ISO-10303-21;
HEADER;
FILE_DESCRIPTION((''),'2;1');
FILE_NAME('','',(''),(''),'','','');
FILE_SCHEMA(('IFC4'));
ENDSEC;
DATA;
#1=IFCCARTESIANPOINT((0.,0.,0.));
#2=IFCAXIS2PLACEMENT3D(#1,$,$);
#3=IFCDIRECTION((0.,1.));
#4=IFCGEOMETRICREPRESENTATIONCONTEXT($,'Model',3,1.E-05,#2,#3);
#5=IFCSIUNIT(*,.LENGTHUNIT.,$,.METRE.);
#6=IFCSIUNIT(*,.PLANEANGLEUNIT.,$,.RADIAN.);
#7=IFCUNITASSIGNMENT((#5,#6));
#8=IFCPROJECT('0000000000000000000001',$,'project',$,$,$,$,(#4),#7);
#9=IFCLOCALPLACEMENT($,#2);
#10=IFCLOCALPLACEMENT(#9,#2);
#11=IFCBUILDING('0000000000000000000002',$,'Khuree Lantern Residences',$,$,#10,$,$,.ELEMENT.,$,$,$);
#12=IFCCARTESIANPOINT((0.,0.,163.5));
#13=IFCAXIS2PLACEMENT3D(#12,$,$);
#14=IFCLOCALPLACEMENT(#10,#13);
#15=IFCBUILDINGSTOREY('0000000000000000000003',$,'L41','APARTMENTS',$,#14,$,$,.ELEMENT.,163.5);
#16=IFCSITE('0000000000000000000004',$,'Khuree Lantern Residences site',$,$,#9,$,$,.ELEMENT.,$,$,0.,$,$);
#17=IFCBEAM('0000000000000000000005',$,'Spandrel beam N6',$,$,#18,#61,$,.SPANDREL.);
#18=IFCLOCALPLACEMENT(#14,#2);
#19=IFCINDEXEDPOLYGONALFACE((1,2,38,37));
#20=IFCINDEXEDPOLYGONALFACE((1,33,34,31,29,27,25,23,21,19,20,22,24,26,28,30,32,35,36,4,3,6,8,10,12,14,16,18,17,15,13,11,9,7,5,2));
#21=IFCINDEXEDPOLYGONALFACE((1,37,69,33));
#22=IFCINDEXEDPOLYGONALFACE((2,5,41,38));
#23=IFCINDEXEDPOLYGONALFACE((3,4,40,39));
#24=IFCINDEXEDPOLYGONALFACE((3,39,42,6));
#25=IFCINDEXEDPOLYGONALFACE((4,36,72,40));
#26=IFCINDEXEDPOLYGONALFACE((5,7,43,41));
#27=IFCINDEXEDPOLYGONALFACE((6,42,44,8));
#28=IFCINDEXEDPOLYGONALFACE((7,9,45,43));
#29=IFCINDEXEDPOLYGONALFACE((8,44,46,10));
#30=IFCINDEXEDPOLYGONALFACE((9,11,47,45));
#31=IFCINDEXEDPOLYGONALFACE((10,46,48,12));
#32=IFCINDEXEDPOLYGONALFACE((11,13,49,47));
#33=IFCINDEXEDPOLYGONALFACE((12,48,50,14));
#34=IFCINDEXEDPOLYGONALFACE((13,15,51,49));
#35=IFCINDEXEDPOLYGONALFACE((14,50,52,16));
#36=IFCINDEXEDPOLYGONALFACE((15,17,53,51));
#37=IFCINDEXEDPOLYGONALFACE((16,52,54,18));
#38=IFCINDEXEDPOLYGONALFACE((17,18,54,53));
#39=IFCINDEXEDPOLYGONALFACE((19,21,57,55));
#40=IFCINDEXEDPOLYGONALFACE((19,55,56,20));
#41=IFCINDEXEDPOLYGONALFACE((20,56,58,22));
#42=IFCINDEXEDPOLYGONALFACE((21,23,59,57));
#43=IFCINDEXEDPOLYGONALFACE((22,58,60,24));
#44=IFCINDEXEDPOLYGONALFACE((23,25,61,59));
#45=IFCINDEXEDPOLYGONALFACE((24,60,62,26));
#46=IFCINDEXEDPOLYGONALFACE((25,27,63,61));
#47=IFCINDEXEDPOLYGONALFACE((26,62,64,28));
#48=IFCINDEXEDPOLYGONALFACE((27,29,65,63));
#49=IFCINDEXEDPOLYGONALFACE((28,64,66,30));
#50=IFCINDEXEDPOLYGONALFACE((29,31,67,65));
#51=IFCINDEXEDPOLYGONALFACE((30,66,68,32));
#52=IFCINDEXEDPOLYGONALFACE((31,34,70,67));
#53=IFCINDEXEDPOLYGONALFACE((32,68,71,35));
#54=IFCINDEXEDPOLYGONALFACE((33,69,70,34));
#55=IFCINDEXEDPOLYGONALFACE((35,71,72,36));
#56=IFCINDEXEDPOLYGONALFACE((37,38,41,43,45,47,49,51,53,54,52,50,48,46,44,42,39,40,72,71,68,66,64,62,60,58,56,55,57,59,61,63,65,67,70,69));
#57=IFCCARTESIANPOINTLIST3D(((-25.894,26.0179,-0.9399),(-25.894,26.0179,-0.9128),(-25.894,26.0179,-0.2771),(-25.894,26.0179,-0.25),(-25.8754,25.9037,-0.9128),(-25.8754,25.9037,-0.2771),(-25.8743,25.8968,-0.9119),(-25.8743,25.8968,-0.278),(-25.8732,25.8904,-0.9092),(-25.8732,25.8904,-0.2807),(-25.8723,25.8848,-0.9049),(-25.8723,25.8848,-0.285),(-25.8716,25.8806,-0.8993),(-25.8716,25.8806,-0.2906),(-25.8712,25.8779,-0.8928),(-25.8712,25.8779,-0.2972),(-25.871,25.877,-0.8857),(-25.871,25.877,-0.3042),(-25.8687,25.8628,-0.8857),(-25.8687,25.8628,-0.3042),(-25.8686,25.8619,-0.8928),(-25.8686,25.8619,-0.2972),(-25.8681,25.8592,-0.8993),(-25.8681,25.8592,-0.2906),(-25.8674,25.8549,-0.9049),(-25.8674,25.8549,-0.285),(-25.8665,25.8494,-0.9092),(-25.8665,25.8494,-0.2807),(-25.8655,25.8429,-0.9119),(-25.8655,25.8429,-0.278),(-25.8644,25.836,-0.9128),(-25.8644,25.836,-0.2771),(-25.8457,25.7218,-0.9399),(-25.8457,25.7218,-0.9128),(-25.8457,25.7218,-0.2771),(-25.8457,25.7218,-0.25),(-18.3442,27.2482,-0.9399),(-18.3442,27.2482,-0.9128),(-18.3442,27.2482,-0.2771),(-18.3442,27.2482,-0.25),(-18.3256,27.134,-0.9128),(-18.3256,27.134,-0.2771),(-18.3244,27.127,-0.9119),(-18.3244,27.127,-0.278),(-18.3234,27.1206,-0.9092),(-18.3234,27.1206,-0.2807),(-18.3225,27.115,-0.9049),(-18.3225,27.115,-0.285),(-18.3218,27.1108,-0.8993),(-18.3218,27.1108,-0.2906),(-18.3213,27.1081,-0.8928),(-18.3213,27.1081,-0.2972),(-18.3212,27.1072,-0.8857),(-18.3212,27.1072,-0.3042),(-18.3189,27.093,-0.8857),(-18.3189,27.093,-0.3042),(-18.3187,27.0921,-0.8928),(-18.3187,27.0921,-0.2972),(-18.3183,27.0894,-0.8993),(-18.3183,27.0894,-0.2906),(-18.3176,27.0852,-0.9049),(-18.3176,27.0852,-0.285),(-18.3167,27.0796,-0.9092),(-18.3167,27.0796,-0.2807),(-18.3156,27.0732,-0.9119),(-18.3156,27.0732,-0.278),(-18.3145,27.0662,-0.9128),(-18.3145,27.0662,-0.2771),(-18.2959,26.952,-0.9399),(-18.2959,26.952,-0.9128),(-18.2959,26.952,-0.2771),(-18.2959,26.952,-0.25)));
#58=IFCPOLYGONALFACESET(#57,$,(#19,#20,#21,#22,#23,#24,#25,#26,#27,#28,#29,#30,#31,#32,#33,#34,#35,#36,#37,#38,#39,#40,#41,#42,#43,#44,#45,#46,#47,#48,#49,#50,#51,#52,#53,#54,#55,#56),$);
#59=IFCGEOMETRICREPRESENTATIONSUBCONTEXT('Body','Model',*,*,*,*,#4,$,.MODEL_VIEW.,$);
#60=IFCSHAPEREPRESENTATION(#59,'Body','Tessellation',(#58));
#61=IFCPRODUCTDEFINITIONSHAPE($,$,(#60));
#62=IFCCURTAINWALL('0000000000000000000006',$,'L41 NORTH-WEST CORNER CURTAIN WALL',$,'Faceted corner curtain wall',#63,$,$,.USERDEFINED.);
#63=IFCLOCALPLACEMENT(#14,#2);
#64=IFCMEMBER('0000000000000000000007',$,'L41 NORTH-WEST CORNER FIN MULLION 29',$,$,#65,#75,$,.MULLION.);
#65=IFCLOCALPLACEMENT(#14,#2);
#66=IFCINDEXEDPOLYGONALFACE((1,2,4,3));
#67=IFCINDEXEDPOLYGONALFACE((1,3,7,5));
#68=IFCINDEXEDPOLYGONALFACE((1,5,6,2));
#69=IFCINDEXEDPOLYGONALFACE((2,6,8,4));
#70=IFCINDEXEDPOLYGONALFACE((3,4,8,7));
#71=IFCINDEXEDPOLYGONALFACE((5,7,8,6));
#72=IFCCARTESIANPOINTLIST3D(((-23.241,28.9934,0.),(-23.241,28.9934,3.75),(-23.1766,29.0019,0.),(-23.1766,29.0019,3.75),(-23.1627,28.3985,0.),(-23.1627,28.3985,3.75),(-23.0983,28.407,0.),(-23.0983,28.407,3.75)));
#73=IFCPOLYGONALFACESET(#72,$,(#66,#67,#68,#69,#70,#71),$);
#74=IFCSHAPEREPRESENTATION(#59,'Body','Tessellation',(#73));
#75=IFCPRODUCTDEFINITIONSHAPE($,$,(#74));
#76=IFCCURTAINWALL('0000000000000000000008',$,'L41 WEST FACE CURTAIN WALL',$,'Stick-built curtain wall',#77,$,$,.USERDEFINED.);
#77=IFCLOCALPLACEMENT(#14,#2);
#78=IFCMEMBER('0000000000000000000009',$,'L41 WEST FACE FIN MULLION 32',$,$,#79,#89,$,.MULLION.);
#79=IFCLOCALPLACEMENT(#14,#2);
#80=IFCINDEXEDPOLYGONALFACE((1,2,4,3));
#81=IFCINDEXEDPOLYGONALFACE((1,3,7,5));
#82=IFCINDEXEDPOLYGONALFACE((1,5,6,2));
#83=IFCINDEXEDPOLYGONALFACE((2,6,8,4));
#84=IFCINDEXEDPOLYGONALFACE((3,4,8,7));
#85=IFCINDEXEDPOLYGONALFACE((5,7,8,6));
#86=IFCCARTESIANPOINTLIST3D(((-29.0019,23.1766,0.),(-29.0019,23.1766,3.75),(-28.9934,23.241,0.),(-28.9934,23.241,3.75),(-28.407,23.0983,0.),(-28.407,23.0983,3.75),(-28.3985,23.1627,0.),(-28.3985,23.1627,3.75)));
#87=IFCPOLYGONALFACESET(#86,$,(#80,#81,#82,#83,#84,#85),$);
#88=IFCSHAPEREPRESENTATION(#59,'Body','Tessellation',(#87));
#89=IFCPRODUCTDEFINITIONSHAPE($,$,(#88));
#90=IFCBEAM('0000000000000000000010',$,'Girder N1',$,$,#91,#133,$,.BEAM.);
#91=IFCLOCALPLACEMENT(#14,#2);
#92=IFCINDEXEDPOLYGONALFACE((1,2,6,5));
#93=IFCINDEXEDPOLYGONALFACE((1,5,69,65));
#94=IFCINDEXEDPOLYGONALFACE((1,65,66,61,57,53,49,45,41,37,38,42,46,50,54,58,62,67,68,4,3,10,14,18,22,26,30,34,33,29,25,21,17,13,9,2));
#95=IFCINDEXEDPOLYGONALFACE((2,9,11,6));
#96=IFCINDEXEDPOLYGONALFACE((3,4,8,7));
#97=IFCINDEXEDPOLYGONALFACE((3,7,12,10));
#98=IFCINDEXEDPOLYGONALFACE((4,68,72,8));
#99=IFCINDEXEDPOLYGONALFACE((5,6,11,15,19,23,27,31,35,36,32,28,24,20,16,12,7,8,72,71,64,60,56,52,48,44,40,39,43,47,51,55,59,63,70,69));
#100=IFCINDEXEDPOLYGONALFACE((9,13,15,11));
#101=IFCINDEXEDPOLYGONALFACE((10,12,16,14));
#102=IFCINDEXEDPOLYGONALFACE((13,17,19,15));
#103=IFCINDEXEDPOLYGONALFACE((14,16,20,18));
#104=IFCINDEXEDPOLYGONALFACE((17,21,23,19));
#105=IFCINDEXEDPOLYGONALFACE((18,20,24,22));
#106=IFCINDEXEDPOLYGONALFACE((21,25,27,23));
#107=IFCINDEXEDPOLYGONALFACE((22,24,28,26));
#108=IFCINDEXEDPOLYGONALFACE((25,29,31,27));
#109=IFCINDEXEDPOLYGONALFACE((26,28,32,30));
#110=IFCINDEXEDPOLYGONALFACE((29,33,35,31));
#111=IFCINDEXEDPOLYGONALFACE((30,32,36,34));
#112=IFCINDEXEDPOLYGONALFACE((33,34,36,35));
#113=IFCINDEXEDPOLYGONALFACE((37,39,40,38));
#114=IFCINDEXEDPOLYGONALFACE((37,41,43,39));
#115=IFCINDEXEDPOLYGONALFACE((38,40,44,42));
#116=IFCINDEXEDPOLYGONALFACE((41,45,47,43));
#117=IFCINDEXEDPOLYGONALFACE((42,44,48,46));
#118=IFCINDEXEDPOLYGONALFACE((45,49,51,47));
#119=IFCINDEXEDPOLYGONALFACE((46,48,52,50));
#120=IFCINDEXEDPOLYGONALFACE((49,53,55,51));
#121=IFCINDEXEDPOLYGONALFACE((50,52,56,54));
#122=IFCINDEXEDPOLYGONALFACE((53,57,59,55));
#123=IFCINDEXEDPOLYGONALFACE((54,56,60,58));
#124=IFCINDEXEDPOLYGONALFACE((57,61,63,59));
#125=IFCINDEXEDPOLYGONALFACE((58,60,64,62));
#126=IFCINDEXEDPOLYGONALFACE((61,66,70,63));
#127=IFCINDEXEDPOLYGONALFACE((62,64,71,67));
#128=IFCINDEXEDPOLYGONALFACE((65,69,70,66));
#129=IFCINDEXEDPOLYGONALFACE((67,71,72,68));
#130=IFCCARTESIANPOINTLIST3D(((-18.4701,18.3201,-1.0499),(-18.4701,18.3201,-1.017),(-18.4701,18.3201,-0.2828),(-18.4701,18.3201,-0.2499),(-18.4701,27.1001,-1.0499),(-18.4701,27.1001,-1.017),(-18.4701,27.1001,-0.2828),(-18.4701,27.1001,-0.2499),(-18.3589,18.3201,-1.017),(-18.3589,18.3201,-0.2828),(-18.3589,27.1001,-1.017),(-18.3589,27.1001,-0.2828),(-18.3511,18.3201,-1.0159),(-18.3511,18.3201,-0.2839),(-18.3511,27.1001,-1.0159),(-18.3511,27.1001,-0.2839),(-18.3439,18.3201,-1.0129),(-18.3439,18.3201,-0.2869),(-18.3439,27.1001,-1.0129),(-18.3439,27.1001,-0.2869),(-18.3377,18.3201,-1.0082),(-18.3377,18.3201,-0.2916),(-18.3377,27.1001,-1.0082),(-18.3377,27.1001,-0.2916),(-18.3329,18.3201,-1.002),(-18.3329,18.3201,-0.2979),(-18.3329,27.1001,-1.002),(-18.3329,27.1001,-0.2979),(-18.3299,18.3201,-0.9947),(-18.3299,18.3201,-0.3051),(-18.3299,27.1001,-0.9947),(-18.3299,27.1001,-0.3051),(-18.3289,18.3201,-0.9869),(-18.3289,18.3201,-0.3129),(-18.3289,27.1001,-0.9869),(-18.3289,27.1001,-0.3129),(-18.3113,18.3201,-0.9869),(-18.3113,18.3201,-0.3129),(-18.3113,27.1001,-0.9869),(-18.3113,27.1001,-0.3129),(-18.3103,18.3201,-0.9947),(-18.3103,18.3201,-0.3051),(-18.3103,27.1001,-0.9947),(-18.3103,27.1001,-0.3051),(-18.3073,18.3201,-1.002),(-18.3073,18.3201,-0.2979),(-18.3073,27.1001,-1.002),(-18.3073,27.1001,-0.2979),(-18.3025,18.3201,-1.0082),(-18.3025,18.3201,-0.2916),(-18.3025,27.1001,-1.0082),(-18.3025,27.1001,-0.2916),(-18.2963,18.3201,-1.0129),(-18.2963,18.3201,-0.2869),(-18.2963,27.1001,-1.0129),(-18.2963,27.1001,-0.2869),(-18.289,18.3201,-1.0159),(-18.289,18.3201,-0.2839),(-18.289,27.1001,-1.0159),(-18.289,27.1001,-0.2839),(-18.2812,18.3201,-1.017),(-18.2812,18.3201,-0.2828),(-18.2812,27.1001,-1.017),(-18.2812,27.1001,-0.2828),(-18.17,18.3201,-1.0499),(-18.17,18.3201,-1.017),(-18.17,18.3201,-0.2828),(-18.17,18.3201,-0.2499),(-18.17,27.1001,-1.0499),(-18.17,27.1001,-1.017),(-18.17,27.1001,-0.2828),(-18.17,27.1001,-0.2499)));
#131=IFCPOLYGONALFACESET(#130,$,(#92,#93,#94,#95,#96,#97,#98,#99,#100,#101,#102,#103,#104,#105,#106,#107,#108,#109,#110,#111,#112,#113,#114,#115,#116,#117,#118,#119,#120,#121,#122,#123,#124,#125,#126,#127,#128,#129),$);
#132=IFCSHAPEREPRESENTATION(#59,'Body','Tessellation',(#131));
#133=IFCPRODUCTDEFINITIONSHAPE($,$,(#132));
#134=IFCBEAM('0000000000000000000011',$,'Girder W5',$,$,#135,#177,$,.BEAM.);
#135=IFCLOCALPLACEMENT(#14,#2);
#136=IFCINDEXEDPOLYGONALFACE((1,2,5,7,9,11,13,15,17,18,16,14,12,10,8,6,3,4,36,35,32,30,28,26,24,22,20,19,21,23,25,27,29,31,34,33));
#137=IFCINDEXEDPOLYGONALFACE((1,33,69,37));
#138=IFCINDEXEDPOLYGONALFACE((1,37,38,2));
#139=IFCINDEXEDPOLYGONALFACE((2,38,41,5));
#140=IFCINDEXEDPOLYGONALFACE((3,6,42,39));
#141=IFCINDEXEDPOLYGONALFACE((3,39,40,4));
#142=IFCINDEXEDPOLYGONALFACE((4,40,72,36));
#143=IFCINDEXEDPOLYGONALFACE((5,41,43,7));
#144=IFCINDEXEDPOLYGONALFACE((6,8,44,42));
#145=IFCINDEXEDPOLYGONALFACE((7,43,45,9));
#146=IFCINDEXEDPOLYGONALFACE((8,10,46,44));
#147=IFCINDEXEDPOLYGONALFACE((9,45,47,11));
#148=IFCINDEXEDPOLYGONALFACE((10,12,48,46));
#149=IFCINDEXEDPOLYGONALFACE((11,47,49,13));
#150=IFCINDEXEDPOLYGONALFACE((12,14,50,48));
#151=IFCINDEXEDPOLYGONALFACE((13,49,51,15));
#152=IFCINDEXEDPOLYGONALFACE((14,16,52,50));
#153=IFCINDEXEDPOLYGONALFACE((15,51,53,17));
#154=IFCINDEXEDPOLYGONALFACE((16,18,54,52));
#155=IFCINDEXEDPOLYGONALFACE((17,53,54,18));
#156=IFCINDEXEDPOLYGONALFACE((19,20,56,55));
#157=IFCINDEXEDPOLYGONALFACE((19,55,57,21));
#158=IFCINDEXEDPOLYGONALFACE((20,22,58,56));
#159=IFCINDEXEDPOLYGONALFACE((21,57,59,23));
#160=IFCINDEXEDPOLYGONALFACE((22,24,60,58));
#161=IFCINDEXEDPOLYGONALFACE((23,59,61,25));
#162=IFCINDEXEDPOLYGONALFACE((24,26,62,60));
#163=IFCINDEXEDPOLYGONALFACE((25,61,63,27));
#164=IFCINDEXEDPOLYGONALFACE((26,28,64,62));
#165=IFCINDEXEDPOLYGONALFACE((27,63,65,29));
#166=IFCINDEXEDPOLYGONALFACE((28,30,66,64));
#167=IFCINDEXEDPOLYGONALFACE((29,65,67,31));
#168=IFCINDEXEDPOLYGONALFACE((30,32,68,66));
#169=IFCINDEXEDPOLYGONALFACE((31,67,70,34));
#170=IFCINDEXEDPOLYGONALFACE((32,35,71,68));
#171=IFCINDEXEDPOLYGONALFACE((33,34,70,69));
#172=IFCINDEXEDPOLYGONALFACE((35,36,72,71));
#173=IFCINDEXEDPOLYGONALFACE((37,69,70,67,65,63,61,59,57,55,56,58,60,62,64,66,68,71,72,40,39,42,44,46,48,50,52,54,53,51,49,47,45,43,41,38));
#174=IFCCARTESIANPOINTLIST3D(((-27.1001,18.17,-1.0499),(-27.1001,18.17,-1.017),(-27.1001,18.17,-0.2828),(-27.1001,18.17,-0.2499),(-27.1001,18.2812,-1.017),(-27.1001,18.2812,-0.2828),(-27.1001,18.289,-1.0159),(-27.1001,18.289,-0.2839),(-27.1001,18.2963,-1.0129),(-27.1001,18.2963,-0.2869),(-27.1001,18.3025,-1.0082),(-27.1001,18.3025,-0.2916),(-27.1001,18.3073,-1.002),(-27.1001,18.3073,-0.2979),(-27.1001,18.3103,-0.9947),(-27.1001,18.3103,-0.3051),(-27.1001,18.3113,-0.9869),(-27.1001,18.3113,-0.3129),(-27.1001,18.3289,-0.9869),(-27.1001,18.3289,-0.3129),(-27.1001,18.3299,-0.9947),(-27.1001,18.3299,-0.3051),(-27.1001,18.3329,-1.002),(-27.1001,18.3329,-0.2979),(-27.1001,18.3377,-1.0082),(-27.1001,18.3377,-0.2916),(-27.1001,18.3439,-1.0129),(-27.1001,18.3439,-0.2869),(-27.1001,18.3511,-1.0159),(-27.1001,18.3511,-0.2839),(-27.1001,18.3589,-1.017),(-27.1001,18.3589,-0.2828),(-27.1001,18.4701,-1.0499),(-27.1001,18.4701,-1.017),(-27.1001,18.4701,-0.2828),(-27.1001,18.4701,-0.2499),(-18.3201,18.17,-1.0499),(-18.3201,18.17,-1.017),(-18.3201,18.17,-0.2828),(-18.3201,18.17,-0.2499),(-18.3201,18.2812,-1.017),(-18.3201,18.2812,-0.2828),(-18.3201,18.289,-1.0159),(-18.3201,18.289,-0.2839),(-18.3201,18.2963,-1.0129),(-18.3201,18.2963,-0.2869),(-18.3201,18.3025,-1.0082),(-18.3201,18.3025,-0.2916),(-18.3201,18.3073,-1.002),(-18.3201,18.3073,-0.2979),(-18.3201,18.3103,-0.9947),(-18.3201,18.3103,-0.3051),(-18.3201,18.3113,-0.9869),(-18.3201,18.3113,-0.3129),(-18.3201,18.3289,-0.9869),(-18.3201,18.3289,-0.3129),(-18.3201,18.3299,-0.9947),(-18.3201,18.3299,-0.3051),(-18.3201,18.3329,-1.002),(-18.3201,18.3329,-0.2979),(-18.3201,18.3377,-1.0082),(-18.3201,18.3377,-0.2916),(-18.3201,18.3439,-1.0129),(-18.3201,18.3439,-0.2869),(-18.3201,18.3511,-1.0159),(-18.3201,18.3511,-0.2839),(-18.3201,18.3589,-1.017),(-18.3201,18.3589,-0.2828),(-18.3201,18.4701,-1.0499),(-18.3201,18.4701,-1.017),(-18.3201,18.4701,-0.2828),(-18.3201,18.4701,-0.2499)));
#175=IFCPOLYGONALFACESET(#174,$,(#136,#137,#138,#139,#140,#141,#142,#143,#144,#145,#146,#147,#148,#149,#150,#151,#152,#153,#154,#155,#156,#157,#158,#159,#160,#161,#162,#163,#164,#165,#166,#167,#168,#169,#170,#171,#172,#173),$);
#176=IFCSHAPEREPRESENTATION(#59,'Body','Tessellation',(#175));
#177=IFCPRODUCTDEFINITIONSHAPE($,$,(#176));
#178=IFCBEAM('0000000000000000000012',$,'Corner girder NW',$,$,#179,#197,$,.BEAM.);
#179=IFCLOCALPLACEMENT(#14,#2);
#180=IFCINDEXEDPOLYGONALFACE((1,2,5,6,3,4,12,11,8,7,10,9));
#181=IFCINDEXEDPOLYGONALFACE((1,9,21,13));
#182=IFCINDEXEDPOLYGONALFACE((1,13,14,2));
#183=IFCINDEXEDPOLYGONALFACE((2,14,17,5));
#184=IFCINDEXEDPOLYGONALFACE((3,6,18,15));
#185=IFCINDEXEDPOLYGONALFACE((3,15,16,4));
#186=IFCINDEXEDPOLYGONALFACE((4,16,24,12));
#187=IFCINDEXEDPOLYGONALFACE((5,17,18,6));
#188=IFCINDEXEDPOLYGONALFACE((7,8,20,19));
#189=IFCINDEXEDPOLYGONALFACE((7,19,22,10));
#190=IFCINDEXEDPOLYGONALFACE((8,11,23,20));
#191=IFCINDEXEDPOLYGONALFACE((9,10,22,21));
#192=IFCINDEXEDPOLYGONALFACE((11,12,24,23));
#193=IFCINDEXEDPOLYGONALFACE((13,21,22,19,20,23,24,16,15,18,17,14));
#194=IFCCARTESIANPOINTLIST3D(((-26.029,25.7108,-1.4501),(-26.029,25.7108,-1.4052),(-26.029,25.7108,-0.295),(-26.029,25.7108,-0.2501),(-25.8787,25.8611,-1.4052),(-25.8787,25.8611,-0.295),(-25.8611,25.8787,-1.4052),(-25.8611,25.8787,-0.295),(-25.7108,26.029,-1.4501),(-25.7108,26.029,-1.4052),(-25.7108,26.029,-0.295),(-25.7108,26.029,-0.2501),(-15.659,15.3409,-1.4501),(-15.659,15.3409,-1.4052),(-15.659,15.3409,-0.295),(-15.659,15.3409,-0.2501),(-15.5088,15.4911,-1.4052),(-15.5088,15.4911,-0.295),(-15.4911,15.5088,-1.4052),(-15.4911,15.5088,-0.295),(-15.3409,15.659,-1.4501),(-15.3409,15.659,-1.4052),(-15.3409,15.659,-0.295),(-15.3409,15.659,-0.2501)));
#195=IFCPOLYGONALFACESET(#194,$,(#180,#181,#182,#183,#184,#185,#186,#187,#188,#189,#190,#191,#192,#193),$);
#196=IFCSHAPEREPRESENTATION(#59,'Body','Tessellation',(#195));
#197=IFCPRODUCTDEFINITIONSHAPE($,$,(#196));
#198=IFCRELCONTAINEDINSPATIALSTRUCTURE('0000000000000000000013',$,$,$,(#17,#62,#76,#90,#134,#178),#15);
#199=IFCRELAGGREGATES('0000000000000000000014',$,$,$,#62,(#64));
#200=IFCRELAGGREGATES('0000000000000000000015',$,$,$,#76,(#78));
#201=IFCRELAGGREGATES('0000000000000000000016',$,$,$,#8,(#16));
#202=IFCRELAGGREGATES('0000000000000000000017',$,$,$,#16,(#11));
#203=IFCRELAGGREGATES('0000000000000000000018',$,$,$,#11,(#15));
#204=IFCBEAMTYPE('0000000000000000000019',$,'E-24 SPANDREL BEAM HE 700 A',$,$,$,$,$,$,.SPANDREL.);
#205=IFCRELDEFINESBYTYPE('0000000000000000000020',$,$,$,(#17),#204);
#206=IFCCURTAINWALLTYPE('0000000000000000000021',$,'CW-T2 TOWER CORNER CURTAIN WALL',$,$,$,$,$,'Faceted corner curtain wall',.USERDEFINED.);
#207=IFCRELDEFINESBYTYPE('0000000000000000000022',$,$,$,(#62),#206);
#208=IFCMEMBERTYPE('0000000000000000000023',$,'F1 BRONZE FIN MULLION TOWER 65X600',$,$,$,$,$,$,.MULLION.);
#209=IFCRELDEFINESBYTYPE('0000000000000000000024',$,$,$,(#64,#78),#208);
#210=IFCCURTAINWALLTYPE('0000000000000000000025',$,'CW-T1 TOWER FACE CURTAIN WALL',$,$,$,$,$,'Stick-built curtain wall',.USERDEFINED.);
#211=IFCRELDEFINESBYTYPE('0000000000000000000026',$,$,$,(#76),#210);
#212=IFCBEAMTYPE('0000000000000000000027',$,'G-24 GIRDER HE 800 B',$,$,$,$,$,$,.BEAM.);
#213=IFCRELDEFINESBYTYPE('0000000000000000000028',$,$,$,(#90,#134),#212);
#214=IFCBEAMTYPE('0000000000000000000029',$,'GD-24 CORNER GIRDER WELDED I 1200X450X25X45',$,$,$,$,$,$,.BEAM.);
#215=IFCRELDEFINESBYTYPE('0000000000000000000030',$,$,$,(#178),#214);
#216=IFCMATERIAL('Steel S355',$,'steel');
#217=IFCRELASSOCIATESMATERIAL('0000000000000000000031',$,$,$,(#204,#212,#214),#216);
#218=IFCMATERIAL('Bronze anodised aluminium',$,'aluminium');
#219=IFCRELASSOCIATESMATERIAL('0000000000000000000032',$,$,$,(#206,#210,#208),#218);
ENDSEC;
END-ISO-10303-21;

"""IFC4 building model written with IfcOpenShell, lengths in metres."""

from ifc_helpers import new_model, si_unit, direction, frame, origin, origin_2d, place, context, subcontext, project, spatial, rectangle, i_section, extrude, material, material_profile, profile_set, type_object, element, aggregate, save


model = new_model("IFC4")

# Units and contexts
model_context = context("Model", 3, precision=1e-05, world=origin(), true_north=direction((0.0, 1.0)))
body_context = subcontext(model_context, "Body", "Model", "MODEL_VIEW")
ifc_project = project(units=[si_unit("LENGTHUNIT", "METRE"), si_unit("PLANEANGLEUNIT", "RADIAN")], contexts=[model_context])

# Site, building, storey
site_placement = place(None, origin())
site = spatial("IfcSite", under=ifc_project, at=site_placement, Name="Khuree Lantern Residences site", CompositionType="ELEMENT", RefElevation=0.0)
building_placement = place(site_placement, origin())
building = spatial("IfcBuilding", under=site, at=building_placement, Name="Khuree Lantern Residences", CompositionType="ELEMENT")
storey_placement = place(building_placement, frame((0.0, 0.0, 163.5)))
storey = spatial("IfcBuildingStorey", under=building, at=storey_placement, Name="L41", Description="APARTMENTS", CompositionType="ELEMENT", Elevation=163.5)

# Beam
ifc_material_1 = material(Name="Steel S355", Category="steel")
ifc_material_profile_1 = material_profile(ifc_material_1, i_section(OverallWidth=0.3, OverallDepth=0.6899, WebThickness=0.0144, FlangeThickness=0.0271, FilletRadius=0.0271, at=origin_2d()), Name="HE 700 A")
ifc_profile_set_1 = profile_set([ifc_material_profile_1], Name="Steel S355")
beam_type_1 = type_object("IfcBeamType", Name="E-24 SPANDREL BEAM HE 700 A", PredefinedType="SPANDREL", material=ifc_profile_set_1)
for number, where, z_axis, x_axis, name in (
    (1, (-25.8699, 25.8699, -0.595), (0.986983, 0.160827, 0.0), (-0.160827, 0.986983, 0.0), "Spandrel beam N6"),
):
    element("IfcBeam", number, at=place(storey_placement, frame(where, z_axis=z_axis, x_axis=x_axis)), inside=storey, type_object=beam_type_1, Name=name, PredefinedType="SPANDREL", context=body_context, shape_type="SweptSolid", body=[
        extrude(i_section(OverallWidth=0.3, OverallDepth=0.6899, WebThickness=0.0144, FlangeThickness=0.0271, FilletRadius=0.0271, at=origin_2d()), origin(), (0.0, 0.0, 1.0), 7.6494),
    ])

# Curtain walls, members
ifc_material_2 = material(Name="Bronze anodised aluminium", Category="aluminium")
curtain_wall_type_1 = type_object("IfcCurtainWallType", Name="CW-T2 TOWER CORNER CURTAIN WALL", ElementType="Faceted corner curtain wall", PredefinedType="USERDEFINED", material=ifc_material_2)
curtain_wall_1_placement = place(storey_placement, origin())
curtain_wall_1 = element("IfcCurtainWall", 2, at=curtain_wall_1_placement, inside=storey, type_object=curtain_wall_type_1, Name="L41 NORTH-WEST CORNER CURTAIN WALL", ObjectType="Faceted corner curtain wall", PredefinedType="USERDEFINED")
ifc_material_profile_2 = material_profile(ifc_material_2, rectangle(XDim=0.0649, YDim=0.6001, at=origin_2d()), Name="F1 65X600")
ifc_profile_set_2 = profile_set([ifc_material_profile_2], Name="Bronze anodised aluminium")
member_type_1 = type_object("IfcMemberType", Name="F1 BRONZE FIN MULLION TOWER 65X600", PredefinedType="MULLION", material=ifc_profile_set_2)
member_1_placement = place(storey_placement, frame((-23.1697, 28.7002, 0.0), z_axis=(0.0, 0.0, 1.0), x_axis=(-0.991445, -0.130526, 0.0)))
member_1 = element("IfcMember", 3, at=member_1_placement, type_object=member_type_1, Name="L41 NORTH-WEST CORNER FIN MULLION 29", PredefinedType="MULLION", context=body_context, shape_type="SweptSolid", body=[
    extrude(rectangle(XDim=0.0649, YDim=0.6001, at=origin_2d()), origin(), (0.0, 0.0, 1.0), 3.75),
])
curtain_wall_type_2 = type_object("IfcCurtainWallType", Name="CW-T1 TOWER FACE CURTAIN WALL", ElementType="Stick-built curtain wall", PredefinedType="USERDEFINED", material=ifc_material_2)
curtain_wall_2_placement = place(storey_placement, origin())
curtain_wall_2 = element("IfcCurtainWall", 4, at=curtain_wall_2_placement, inside=storey, type_object=curtain_wall_type_2, Name="L41 WEST FACE CURTAIN WALL", ObjectType="Stick-built curtain wall", PredefinedType="USERDEFINED")
member_2_placement = place(storey_placement, frame((-28.7002, 23.1697, 0.0), z_axis=(0.0, 0.0, 1.0), x_axis=(-0.130526, -0.991445, 0.0)))
member_2 = element("IfcMember", 5, at=member_2_placement, type_object=member_type_1, Name="L41 WEST FACE FIN MULLION 32", PredefinedType="MULLION", context=body_context, shape_type="SweptSolid", body=[
    extrude(rectangle(XDim=0.0649, YDim=0.6001, at=origin_2d()), origin(), (0.0, 0.0, 1.0), 3.75),
])

# Beams
ifc_material_profile_3 = material_profile(ifc_material_1, i_section(OverallWidth=0.3, OverallDepth=0.8, WebThickness=0.0176, FlangeThickness=0.033, FilletRadius=0.03, at=origin_2d()), Name="HE 800 B")
ifc_profile_set_3 = profile_set([ifc_material_profile_3], Name="Steel S355")
beam_type_2 = type_object("IfcBeamType", Name="G-24 GIRDER HE 800 B", PredefinedType="BEAM", material=ifc_profile_set_3)
for number, where, z_axis, x_axis, name in (
    (6, (-18.3201, 27.1001, -0.6499), (0.0, -1.0, 0.0), (1.0, 0.0, 0.0), "Girder N1"),
    (7, (-27.1001, 18.3201, -0.6499), (1.0, 0.0, 0.0), (0.0, 1.0, 0.0), "Girder W5"),
):
    element("IfcBeam", number, at=place(storey_placement, frame(where, z_axis=z_axis, x_axis=x_axis)), inside=storey, type_object=beam_type_2, Name=name, PredefinedType="BEAM", context=body_context, shape_type="SweptSolid", body=[
        extrude(i_section(OverallWidth=0.3, OverallDepth=0.8, WebThickness=0.0176, FlangeThickness=0.033, FilletRadius=0.03, at=origin_2d()), origin(), (0.0, 0.0, 1.0), 8.78),
    ])
ifc_material_profile_4 = material_profile(ifc_material_1, i_section(OverallWidth=0.45, OverallDepth=1.2, WebThickness=0.0249, FlangeThickness=0.0449, at=origin_2d()), Name="WELDED I 1200X450X25X45")
ifc_profile_set_4 = profile_set([ifc_material_profile_4], Name="Steel S355")
beam_type_3 = type_object("IfcBeamType", Name="GD-24 CORNER GIRDER WELDED I 1200X450X25X45", PredefinedType="BEAM", material=ifc_profile_set_4)
beam_placement = place(storey_placement, frame((-25.8699, 25.8699, -0.8501), z_axis=(0.707107, -0.707107, 0.0), x_axis=(0.707107, 0.707107, 0.0)))
element("IfcBeam", 8, at=beam_placement, inside=storey, type_object=beam_type_3, Name="Corner girder NW", PredefinedType="BEAM", context=body_context, shape_type="SweptSolid", body=[
    extrude(i_section(OverallWidth=0.45, OverallDepth=1.2, WebThickness=0.0249, FlangeThickness=0.0449, at=origin_2d()), origin(), (0.0, 0.0, 1.0), 14.6653),
])

aggregate(curtain_wall_1, [member_1])
aggregate(curtain_wall_2, [member_2])

save(model, "model.ifc")
